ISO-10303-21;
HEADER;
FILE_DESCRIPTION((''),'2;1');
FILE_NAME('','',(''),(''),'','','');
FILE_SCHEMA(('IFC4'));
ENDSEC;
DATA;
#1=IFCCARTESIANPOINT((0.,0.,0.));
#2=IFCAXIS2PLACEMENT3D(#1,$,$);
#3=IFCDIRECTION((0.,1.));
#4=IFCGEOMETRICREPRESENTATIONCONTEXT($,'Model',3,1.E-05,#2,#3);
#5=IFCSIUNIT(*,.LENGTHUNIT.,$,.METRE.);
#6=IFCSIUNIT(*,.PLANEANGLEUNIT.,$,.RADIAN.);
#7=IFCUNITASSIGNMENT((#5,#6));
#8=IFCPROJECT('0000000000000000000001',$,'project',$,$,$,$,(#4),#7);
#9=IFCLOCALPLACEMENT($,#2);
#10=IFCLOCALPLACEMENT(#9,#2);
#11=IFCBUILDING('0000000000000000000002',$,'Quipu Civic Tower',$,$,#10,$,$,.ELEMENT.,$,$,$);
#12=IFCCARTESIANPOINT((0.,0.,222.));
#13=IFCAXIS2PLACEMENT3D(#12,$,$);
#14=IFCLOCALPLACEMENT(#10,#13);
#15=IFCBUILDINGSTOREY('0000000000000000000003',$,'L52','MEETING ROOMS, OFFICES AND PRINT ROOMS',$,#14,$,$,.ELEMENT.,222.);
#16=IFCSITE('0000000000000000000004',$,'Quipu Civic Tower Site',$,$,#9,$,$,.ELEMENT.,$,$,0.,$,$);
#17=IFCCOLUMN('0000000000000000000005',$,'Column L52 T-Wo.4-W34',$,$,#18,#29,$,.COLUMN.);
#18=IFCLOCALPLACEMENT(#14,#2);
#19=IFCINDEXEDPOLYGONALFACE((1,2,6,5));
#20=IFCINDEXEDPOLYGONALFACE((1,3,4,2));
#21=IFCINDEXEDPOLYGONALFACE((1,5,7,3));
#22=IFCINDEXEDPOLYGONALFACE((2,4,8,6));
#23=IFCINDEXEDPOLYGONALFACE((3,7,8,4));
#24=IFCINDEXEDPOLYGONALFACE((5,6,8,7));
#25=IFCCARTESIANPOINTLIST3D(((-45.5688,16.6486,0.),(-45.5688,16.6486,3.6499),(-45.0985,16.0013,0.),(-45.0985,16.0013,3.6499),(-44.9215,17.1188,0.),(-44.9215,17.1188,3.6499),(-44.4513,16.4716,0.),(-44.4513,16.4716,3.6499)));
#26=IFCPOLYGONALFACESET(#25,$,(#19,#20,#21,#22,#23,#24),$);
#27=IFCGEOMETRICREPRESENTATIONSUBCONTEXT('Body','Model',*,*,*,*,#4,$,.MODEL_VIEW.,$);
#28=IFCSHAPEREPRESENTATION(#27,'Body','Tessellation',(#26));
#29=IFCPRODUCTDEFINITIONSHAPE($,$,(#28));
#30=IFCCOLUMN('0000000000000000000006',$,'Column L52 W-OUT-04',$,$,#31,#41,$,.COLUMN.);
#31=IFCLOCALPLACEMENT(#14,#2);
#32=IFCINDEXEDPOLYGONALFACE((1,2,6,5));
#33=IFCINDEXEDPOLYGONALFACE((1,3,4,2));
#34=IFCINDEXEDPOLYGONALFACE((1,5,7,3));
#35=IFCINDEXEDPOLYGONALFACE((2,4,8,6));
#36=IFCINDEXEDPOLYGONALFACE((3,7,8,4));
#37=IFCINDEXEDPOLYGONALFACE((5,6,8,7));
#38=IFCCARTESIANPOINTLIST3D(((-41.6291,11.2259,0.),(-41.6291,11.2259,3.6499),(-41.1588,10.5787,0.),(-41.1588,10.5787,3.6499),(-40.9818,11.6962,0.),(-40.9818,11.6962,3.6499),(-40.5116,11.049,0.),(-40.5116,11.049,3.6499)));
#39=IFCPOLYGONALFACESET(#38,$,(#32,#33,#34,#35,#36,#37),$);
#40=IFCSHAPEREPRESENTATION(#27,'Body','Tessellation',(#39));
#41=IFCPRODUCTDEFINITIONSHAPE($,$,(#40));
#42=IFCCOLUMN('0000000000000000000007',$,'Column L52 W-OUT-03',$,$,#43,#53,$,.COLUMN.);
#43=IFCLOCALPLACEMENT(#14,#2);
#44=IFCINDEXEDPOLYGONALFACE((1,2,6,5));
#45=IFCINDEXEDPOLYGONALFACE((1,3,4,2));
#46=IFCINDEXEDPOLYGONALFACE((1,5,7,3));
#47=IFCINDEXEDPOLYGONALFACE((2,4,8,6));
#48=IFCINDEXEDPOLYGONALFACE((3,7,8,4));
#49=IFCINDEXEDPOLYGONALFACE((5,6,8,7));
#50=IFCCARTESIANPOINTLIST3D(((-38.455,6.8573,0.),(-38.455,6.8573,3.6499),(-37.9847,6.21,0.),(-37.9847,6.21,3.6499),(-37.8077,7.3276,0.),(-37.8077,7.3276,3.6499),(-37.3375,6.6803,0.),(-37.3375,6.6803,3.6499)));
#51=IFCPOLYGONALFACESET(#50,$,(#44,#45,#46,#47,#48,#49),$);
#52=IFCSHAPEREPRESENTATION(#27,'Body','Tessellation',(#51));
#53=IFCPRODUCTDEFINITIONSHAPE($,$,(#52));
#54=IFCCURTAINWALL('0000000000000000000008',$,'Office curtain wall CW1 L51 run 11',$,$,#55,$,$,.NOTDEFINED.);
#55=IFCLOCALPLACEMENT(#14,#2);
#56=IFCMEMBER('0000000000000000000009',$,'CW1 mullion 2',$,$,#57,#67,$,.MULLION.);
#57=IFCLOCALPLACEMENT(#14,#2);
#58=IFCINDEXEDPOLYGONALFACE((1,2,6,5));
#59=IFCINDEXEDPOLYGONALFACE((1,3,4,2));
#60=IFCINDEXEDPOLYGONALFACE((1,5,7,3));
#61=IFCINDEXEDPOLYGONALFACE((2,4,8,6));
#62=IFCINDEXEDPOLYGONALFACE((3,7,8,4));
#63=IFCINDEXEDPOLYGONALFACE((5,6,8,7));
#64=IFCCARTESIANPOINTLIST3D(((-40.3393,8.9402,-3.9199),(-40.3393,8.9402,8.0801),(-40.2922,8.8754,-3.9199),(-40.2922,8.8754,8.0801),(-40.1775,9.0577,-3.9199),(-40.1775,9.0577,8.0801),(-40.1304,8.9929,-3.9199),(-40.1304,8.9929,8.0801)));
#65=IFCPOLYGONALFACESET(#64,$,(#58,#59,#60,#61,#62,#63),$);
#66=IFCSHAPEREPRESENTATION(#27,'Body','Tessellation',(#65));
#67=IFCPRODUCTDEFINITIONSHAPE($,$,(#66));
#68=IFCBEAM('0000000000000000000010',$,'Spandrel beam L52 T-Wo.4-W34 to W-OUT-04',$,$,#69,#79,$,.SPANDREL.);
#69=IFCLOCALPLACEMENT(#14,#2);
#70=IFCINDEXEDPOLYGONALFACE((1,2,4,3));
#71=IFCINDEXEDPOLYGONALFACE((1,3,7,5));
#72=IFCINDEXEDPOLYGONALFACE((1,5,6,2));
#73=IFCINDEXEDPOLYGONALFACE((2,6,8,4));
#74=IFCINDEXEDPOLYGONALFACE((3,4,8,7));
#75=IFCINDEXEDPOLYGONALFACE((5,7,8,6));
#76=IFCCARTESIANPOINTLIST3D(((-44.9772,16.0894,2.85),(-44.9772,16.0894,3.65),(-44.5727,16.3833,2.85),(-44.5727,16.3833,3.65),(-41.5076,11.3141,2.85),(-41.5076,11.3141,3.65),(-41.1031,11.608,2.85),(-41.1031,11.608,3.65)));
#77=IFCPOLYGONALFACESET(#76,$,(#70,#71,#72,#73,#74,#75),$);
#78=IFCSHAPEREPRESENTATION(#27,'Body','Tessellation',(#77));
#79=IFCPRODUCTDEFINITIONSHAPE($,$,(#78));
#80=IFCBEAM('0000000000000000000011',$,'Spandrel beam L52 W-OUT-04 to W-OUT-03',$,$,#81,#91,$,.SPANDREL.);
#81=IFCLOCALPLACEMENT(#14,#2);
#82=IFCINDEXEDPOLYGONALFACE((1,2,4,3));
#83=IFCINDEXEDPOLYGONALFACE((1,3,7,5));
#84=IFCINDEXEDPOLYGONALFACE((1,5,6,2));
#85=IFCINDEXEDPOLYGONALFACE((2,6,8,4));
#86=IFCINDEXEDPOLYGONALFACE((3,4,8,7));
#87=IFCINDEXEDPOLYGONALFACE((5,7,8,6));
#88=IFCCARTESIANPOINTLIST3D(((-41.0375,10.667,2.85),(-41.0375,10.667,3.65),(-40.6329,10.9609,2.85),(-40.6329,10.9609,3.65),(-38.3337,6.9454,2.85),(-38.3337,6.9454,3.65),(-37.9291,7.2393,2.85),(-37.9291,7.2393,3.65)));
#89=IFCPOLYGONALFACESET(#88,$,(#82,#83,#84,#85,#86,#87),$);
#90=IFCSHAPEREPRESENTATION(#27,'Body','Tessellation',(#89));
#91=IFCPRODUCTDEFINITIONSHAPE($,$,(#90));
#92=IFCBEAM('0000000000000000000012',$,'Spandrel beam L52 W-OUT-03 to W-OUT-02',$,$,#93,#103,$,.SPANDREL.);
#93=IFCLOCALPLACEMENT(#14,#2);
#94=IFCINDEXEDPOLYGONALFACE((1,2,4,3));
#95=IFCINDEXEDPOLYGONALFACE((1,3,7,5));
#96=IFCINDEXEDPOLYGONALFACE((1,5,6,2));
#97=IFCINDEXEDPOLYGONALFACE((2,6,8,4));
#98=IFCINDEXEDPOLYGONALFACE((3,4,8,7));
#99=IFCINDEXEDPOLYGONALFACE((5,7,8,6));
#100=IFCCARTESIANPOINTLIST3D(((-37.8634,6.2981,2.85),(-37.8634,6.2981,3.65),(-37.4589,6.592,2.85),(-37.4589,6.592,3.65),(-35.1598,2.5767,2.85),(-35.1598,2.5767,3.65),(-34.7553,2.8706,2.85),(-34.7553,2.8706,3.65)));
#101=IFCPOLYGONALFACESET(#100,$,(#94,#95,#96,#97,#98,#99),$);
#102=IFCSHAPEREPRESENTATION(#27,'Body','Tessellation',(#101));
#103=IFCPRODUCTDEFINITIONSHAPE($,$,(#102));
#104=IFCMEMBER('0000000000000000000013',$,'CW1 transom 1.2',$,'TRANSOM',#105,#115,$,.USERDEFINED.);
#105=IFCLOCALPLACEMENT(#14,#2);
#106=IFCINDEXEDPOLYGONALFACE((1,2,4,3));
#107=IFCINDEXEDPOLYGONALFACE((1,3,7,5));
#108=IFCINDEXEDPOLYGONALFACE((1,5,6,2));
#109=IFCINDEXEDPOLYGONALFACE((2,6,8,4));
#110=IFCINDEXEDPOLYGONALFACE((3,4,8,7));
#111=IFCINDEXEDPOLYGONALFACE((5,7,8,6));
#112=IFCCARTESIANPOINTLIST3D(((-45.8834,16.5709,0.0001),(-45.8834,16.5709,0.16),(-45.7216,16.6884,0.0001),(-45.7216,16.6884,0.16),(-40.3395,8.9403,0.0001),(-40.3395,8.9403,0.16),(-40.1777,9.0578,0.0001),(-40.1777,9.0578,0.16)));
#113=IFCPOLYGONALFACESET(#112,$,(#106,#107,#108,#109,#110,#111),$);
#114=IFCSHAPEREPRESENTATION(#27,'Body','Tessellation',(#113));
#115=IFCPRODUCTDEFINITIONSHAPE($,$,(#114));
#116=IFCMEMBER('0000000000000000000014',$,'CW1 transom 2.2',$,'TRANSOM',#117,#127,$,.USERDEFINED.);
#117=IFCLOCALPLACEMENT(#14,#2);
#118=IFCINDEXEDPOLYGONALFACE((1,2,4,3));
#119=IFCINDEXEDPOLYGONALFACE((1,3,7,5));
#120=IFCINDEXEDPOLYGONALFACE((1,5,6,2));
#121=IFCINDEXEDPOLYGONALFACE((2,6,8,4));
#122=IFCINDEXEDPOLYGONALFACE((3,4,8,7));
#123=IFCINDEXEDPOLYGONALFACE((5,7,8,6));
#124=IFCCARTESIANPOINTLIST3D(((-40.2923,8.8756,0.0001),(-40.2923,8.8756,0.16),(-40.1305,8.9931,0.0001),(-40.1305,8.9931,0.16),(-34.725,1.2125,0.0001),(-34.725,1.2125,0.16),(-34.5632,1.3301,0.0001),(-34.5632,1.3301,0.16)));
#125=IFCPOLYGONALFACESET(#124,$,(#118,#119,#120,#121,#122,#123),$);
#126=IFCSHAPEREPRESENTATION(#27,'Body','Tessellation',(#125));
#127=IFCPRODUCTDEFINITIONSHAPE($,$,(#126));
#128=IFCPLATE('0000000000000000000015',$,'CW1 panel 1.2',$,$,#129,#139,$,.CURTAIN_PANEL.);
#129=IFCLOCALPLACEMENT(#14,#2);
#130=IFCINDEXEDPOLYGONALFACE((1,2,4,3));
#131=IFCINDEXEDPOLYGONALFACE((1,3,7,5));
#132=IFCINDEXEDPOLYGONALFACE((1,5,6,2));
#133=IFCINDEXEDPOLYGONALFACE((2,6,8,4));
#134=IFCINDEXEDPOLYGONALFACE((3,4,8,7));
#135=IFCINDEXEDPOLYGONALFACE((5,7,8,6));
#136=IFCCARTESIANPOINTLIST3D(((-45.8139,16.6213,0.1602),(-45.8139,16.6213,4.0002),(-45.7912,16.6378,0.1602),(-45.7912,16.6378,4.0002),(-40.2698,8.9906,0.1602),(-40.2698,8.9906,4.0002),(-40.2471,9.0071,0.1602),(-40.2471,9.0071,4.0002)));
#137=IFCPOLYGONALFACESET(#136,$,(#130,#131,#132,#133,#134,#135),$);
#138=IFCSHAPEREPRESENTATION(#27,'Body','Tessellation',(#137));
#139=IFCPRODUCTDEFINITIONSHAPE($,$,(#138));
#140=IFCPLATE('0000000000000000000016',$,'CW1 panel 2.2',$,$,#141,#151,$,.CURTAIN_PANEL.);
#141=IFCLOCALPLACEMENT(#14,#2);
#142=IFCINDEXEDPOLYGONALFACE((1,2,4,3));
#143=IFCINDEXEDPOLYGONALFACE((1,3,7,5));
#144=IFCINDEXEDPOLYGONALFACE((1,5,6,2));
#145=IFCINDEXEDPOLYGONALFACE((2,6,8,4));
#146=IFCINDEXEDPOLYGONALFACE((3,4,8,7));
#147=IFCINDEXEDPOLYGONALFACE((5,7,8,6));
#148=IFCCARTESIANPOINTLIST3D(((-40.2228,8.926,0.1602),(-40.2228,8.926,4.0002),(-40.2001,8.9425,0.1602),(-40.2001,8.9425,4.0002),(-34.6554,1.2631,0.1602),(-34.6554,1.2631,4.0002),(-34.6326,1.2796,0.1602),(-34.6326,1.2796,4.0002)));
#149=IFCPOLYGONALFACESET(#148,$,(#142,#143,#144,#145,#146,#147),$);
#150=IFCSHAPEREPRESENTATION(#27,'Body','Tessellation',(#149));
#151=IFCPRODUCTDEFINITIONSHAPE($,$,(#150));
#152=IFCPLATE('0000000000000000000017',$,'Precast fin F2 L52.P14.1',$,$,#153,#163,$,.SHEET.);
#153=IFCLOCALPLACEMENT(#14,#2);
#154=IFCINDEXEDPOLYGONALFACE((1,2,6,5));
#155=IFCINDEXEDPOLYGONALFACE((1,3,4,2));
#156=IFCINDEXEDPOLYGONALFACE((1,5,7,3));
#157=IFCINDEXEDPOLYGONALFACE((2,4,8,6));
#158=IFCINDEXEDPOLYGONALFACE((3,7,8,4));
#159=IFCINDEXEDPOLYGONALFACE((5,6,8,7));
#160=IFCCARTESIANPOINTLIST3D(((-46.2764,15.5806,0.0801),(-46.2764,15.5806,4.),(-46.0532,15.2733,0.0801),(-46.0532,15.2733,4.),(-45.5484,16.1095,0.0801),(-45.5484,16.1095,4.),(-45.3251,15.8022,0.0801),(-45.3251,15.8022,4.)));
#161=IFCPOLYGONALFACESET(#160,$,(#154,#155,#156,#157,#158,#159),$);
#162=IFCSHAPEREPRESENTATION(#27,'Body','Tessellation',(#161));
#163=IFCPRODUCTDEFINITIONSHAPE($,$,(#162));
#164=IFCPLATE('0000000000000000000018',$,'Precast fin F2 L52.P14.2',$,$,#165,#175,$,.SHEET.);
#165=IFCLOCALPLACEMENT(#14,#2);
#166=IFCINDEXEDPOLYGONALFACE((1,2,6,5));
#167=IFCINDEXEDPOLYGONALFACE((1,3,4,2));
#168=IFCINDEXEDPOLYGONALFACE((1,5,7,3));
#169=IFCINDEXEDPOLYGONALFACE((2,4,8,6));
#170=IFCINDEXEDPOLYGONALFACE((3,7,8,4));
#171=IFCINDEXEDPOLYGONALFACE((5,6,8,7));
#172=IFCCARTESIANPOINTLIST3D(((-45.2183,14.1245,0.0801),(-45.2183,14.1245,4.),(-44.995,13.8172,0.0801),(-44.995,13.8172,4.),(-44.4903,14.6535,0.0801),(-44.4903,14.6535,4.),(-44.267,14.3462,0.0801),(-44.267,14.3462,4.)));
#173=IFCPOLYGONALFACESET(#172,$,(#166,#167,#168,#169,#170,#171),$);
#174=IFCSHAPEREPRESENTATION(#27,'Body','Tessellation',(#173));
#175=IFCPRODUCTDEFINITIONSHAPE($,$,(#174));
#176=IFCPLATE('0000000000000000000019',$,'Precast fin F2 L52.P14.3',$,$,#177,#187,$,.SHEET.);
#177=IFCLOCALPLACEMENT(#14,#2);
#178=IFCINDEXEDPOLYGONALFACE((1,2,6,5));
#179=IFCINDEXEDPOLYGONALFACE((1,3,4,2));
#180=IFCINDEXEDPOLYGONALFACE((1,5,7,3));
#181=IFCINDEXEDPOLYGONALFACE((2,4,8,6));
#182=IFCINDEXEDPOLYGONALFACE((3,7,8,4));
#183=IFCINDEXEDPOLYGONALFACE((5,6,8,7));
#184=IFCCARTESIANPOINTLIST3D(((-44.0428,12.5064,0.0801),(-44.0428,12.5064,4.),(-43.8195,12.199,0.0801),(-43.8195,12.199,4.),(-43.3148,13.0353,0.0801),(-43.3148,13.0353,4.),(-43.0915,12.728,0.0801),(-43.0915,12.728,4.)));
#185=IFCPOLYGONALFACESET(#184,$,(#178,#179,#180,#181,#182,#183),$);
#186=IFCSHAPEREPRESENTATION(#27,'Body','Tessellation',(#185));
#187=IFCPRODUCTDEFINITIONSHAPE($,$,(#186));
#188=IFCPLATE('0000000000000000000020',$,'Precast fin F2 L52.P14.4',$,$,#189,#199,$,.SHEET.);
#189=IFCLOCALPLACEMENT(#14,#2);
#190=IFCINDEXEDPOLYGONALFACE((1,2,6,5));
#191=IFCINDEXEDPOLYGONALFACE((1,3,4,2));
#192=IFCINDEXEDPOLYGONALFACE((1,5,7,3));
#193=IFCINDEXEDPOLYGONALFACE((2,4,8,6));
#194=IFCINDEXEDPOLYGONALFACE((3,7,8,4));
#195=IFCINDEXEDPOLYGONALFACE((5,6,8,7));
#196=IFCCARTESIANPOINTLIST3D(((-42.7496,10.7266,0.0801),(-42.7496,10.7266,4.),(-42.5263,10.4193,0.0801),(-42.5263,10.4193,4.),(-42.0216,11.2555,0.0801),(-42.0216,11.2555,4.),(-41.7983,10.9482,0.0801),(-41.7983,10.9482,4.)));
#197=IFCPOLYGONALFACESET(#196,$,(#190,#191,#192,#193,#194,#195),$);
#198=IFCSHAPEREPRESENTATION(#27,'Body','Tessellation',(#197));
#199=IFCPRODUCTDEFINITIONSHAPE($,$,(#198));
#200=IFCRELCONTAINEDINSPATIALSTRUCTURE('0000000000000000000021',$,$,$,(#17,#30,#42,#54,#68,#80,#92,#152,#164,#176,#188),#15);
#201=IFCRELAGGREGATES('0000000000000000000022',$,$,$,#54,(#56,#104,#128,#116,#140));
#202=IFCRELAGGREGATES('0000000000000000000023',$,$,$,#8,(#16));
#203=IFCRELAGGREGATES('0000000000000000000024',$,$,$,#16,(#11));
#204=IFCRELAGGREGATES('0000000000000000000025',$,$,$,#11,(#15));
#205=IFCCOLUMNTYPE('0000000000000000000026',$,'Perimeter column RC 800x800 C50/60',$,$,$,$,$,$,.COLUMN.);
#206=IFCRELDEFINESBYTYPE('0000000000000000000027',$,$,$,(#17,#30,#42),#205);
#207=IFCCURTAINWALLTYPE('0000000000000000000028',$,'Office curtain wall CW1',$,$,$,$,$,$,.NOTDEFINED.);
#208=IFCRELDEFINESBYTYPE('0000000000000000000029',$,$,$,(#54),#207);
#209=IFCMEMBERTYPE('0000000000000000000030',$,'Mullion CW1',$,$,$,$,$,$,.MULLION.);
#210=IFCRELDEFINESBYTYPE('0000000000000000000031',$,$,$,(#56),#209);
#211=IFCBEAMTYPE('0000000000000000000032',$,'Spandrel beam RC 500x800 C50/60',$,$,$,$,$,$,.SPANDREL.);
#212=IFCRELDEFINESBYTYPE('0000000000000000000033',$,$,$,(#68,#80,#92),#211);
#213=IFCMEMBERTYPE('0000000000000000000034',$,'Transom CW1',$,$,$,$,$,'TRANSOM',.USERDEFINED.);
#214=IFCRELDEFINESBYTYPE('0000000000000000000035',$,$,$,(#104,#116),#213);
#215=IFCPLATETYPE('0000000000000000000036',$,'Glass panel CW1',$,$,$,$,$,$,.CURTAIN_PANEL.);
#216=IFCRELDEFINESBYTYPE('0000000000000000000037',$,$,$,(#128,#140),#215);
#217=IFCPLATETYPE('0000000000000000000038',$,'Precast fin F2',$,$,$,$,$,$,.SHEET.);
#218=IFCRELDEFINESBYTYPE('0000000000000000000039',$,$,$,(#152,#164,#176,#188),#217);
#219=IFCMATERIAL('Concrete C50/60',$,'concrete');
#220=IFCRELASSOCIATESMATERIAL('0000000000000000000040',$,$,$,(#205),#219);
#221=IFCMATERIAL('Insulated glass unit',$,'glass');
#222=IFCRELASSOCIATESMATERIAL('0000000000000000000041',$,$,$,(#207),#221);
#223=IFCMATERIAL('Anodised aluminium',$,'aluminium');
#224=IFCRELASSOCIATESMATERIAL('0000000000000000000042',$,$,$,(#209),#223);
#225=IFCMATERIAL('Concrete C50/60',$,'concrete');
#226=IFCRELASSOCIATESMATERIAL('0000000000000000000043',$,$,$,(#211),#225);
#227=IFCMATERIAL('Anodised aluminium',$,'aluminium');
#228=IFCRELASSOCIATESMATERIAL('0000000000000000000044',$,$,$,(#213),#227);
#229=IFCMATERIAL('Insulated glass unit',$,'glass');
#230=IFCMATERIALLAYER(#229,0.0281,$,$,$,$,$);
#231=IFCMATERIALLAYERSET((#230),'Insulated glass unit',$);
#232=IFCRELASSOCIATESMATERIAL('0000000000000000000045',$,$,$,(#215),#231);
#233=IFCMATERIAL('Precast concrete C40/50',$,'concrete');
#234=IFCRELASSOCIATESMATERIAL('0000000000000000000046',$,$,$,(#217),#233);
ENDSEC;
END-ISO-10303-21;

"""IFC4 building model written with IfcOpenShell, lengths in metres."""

from ifc_helpers import new_model, si_unit, direction, frame, origin, origin_2d, place, context, subcontext, project, spatial, rectangle, extrude, material, layer, layer_set, material_profile, profile_set, type_object, element, aggregate, save


model = new_model("IFC4")

# Units and contexts
model_context = context("Model", 3, precision=1e-05, world=origin(), true_north=direction((0.0, 1.0)))
body_context = subcontext(model_context, "Body", "Model", "MODEL_VIEW")
ifc_project = project(units=[si_unit("LENGTHUNIT", "METRE"), si_unit("PLANEANGLEUNIT", "RADIAN")], contexts=[model_context])

# Site, building, storey
site_placement = place(None, origin())
site = spatial("IfcSite", under=ifc_project, at=site_placement, Name="Quipu Civic Tower Site", CompositionType="ELEMENT", RefElevation=0.0)
building_placement = place(site_placement, origin())
building = spatial("IfcBuilding", under=site, at=building_placement, Name="Quipu Civic Tower", CompositionType="ELEMENT")
storey_placement = place(building_placement, frame((0.0, 0.0, 222.0)))
storey = spatial("IfcBuildingStorey", under=building, at=storey_placement, Name="L52", Description="MEETING ROOMS, OFFICES AND PRINT ROOMS", CompositionType="ELEMENT", Elevation=222.0)

# Columns
ifc_material_1 = material(Name="Concrete C50/60", Category="concrete")
ifc_material_profile_1 = material_profile(ifc_material_1, rectangle(XDim=0.8, YDim=0.8, at=origin_2d()), Name="RC800x800")
ifc_profile_set_1 = profile_set([ifc_material_profile_1], Name="Concrete C50/60")
column_type = type_object("IfcColumnType", Name="Perimeter column RC 800x800 C50/60", PredefinedType="COLUMN", material=ifc_profile_set_1)
for number, where, z_axis, x_axis, name in (
    (1, (-45.01, 16.5601, 0.0), (0.0, 0.0, 1.0), (0.587785, -0.809017, 0.0), "Column L52 T-Wo.4-W34"),
    (2, (-41.0703, 11.1375, 0.0), (0.0, 0.0, 1.0), (0.587785, -0.809017, 0.0), "Column L52 W-OUT-04"),
    (3, (-37.8962, 6.7688, 0.0), (0.0, 0.0, 1.0), (0.587785, -0.809017, 0.0), "Column L52 W-OUT-03"),
):
    element("IfcColumn", number, at=place(storey_placement, frame(where, z_axis=z_axis, x_axis=x_axis)), inside=storey, type_object=column_type, Name=name, PredefinedType="COLUMN", context=body_context, shape_type="SweptSolid", body=[
        extrude(rectangle(XDim=0.8, YDim=0.8, at=origin_2d()), origin(), (0.0, 0.0, 1.0), 3.6499),
    ])

# Curtain wall, member
ifc_material_2 = material(Name="Insulated glass unit", Category="glass")
curtain_wall_type = type_object("IfcCurtainWallType", Name="Office curtain wall CW1", PredefinedType="NOTDEFINED", material=ifc_material_2)
curtain_wall_placement = place(storey_placement, origin())
curtain_wall = element("IfcCurtainWall", 4, at=curtain_wall_placement, inside=storey, type_object=curtain_wall_type, Name="Office curtain wall CW1 L51 run 11", PredefinedType="NOTDEFINED")
ifc_material_3 = material(Name="Anodised aluminium", Category="aluminium")
ifc_material_profile_2 = material_profile(ifc_material_3, rectangle(XDim=0.2, YDim=0.0801, at=origin_2d()), Name="RECT 200x80")
ifc_profile_set_2 = profile_set([ifc_material_profile_2], Name="Anodised aluminium")
member_type_1 = type_object("IfcMemberType", Name="Mullion CW1", PredefinedType="MULLION", material=ifc_profile_set_2)
member_1_placement = place(storey_placement, frame((-40.2349, 8.9666, -3.9199), z_axis=(0.0, 0.0, 1.0), x_axis=(0.809017, 0.587786, 0.0)))
member_1 = element("IfcMember", 5, at=member_1_placement, type_object=member_type_1, Name="CW1 mullion 2", PredefinedType="MULLION", context=body_context, shape_type="SweptSolid", body=[
    extrude(rectangle(XDim=0.2, YDim=0.0801, at=origin_2d()), origin(), (0.0, 0.0, 1.0), 12.0),
])

# Beams
ifc_material_4 = material(Name="Concrete C50/60", Category="concrete")
ifc_material_profile_3 = material_profile(ifc_material_4, rectangle(XDim=0.5, YDim=0.8, at=origin_2d()), Name="RC500x800")
ifc_profile_set_3 = profile_set([ifc_material_profile_3], Name="Concrete C50/60")
beam_type = type_object("IfcBeamType", Name="Spandrel beam RC 500x800 C50/60", PredefinedType="SPANDREL", material=ifc_profile_set_3)
beam_1_placement = place(storey_placement, frame((-44.7749, 16.2363, 3.25), z_axis=(0.5878, -0.809006, 0.0), x_axis=(0.809006, 0.5878, 0.0)))
element("IfcBeam", 6, at=beam_1_placement, inside=storey, type_object=beam_type, Name="Spandrel beam L52 T-Wo.4-W34 to W-OUT-04", PredefinedType="SPANDREL", context=body_context, shape_type="SweptSolid", body=[
    extrude(rectangle(XDim=0.5, YDim=0.8, at=origin_2d()), origin(), (0.0, 0.0, 1.0), 5.9026),
])
beam_2_placement = place(storey_placement, frame((-40.8352, 10.814, 3.25), z_axis=(0.587771, -0.809027, 0.0), x_axis=(0.809027, 0.587771, 0.0)))
element("IfcBeam", 7, at=beam_2_placement, inside=storey, type_object=beam_type, Name="Spandrel beam L52 W-OUT-04 to W-OUT-03", PredefinedType="SPANDREL", context=body_context, shape_type="SweptSolid", body=[
    extrude(rectangle(XDim=0.5, YDim=0.8, at=origin_2d()), origin(), (0.0, 0.0, 1.0), 4.6001),
])
beam_3_placement = place(storey_placement, frame((-37.6611, 6.4451, 3.25), z_axis=(0.587761, -0.809034, 0.0), x_axis=(0.809034, 0.587761, 0.0)))
element("IfcBeam", 8, at=beam_3_placement, inside=storey, type_object=beam_type, Name="Spandrel beam L52 W-OUT-03 to W-OUT-02", PredefinedType="SPANDREL", context=body_context, shape_type="SweptSolid", body=[
    extrude(rectangle(XDim=0.5, YDim=0.8, at=origin_2d()), origin(), (0.0, 0.0, 1.0), 4.5999),
])

# Members
ifc_material_5 = material(Name="Anodised aluminium", Category="aluminium")
ifc_material_profile_4 = material_profile(ifc_material_5, rectangle(XDim=0.2, YDim=0.1599, at=origin_2d()), Name="RECT 200x160")
ifc_profile_set_4 = profile_set([ifc_material_profile_4], Name="Anodised aluminium")
member_type_2 = type_object("IfcMemberType", Name="Transom CW1", ElementType="TRANSOM", PredefinedType="USERDEFINED", material=ifc_profile_set_4)
member_2_placement = place(storey_placement, frame((-45.8025, 16.6296, 0.0801), z_axis=(0.587784, -0.809018, 0.0), x_axis=(0.809018, 0.587784, 0.0)))
member_2 = element("IfcMember", 9, at=member_2_placement, type_object=member_type_2, Name="CW1 transom 1.2", ObjectType="TRANSOM", PredefinedType="USERDEFINED", context=body_context, shape_type="SweptSolid", body=[
    extrude(rectangle(XDim=0.2, YDim=0.1599, at=origin_2d()), origin(), (0.0, 0.0, 1.0), 9.4319),
])
member_3_placement = place(storey_placement, frame((-40.2114, 8.9343, 0.0801), z_axis=(0.587773, -0.809026, 0.0), x_axis=(0.809026, 0.587773, 0.0)))
member_3 = element("IfcMember", 10, at=member_3_placement, type_object=member_type_2, Name="CW1 transom 2.2", ObjectType="TRANSOM", PredefinedType="USERDEFINED", context=body_context, shape_type="SweptSolid", body=[
    extrude(rectangle(XDim=0.2, YDim=0.1599, at=origin_2d()), origin(), (0.0, 0.0, 1.0), 9.4719),
])

# Plates
ifc_material_6 = material(Name="Insulated glass unit", Category="glass")
ifc_layer_1 = layer(ifc_material_6, 0.0281)
ifc_layer_set_1 = layer_set([ifc_layer_1], Name="Insulated glass unit")
plate_type_1 = type_object("IfcPlateType", Name="Glass panel CW1", PredefinedType="CURTAIN_PANEL", material=ifc_layer_set_1)
plate_1_placement = place(storey_placement, frame((-43.0305, 12.8142, 0.1602), z_axis=(0.0, 0.0, 1.0), x_axis=(0.587786, -0.809017, 0.0)))
plate_1 = element("IfcPlate", 11, at=plate_1_placement, type_object=plate_type_1, Name="CW1 panel 1.2", PredefinedType="CURTAIN_PANEL", context=body_context, shape_type="SweptSolid", body=[
    extrude(rectangle(XDim=9.4321, YDim=0.0281, at=origin_2d()), origin(), (0.0, 0.0, 1.0), 3.8401),
])
plate_2_placement = place(storey_placement, frame((-37.4277, 5.1028, 0.1602), z_axis=(0.0, 0.0, 1.0), x_axis=(0.587786, -0.809017, 0.0)))
plate_2 = element("IfcPlate", 12, at=plate_2_placement, type_object=plate_type_1, Name="CW1 panel 2.2", PredefinedType="CURTAIN_PANEL", context=body_context, shape_type="SweptSolid", body=[
    extrude(rectangle(XDim=9.4719, YDim=0.0281, at=origin_2d()), origin(), (0.0, 0.0, 1.0), 3.8401),
])
aggregate(curtain_wall, [member_1, member_2, plate_1, member_3, plate_2])

# Plates
ifc_material_7 = material(Name="Precast concrete C40/50", Category="concrete")
plate_type_2 = type_object("IfcPlateType", Name="Precast fin F2", PredefinedType="SHEET", material=ifc_material_7)
for number, where, z_axis, x_axis, name in (
    (13, (-45.8008, 15.6914, 0.0801), (0.0, 0.0, 1.0), (0.587786, -0.809017, 0.0), "Precast fin F2 L52.P14.1"),
    (14, (-44.7427, 14.2354, 0.0801), (0.0, 0.0, 1.0), (0.587786, -0.809017, 0.0), "Precast fin F2 L52.P14.2"),
    (15, (-43.5671, 12.6172, 0.0801), (0.0, 0.0, 1.0), (0.587786, -0.809017, 0.0), "Precast fin F2 L52.P14.3"),
    (16, (-42.2739, 10.8374, 0.0801), (0.0, 0.0, 1.0), (0.587786, -0.809017, 0.0), "Precast fin F2 L52.P14.4"),
):
    element("IfcPlate", number, at=place(storey_placement, frame(where, z_axis=z_axis, x_axis=x_axis)), inside=storey, type_object=plate_type_2, Name=name, PredefinedType="SHEET", context=body_context, shape_type="SweptSolid", body=[
        extrude(rectangle(XDim=0.3799, YDim=0.8999, at=origin_2d()), origin(), (0.0, 0.0, 1.0), 3.9199),
    ])

save(model, "model.ifc")
